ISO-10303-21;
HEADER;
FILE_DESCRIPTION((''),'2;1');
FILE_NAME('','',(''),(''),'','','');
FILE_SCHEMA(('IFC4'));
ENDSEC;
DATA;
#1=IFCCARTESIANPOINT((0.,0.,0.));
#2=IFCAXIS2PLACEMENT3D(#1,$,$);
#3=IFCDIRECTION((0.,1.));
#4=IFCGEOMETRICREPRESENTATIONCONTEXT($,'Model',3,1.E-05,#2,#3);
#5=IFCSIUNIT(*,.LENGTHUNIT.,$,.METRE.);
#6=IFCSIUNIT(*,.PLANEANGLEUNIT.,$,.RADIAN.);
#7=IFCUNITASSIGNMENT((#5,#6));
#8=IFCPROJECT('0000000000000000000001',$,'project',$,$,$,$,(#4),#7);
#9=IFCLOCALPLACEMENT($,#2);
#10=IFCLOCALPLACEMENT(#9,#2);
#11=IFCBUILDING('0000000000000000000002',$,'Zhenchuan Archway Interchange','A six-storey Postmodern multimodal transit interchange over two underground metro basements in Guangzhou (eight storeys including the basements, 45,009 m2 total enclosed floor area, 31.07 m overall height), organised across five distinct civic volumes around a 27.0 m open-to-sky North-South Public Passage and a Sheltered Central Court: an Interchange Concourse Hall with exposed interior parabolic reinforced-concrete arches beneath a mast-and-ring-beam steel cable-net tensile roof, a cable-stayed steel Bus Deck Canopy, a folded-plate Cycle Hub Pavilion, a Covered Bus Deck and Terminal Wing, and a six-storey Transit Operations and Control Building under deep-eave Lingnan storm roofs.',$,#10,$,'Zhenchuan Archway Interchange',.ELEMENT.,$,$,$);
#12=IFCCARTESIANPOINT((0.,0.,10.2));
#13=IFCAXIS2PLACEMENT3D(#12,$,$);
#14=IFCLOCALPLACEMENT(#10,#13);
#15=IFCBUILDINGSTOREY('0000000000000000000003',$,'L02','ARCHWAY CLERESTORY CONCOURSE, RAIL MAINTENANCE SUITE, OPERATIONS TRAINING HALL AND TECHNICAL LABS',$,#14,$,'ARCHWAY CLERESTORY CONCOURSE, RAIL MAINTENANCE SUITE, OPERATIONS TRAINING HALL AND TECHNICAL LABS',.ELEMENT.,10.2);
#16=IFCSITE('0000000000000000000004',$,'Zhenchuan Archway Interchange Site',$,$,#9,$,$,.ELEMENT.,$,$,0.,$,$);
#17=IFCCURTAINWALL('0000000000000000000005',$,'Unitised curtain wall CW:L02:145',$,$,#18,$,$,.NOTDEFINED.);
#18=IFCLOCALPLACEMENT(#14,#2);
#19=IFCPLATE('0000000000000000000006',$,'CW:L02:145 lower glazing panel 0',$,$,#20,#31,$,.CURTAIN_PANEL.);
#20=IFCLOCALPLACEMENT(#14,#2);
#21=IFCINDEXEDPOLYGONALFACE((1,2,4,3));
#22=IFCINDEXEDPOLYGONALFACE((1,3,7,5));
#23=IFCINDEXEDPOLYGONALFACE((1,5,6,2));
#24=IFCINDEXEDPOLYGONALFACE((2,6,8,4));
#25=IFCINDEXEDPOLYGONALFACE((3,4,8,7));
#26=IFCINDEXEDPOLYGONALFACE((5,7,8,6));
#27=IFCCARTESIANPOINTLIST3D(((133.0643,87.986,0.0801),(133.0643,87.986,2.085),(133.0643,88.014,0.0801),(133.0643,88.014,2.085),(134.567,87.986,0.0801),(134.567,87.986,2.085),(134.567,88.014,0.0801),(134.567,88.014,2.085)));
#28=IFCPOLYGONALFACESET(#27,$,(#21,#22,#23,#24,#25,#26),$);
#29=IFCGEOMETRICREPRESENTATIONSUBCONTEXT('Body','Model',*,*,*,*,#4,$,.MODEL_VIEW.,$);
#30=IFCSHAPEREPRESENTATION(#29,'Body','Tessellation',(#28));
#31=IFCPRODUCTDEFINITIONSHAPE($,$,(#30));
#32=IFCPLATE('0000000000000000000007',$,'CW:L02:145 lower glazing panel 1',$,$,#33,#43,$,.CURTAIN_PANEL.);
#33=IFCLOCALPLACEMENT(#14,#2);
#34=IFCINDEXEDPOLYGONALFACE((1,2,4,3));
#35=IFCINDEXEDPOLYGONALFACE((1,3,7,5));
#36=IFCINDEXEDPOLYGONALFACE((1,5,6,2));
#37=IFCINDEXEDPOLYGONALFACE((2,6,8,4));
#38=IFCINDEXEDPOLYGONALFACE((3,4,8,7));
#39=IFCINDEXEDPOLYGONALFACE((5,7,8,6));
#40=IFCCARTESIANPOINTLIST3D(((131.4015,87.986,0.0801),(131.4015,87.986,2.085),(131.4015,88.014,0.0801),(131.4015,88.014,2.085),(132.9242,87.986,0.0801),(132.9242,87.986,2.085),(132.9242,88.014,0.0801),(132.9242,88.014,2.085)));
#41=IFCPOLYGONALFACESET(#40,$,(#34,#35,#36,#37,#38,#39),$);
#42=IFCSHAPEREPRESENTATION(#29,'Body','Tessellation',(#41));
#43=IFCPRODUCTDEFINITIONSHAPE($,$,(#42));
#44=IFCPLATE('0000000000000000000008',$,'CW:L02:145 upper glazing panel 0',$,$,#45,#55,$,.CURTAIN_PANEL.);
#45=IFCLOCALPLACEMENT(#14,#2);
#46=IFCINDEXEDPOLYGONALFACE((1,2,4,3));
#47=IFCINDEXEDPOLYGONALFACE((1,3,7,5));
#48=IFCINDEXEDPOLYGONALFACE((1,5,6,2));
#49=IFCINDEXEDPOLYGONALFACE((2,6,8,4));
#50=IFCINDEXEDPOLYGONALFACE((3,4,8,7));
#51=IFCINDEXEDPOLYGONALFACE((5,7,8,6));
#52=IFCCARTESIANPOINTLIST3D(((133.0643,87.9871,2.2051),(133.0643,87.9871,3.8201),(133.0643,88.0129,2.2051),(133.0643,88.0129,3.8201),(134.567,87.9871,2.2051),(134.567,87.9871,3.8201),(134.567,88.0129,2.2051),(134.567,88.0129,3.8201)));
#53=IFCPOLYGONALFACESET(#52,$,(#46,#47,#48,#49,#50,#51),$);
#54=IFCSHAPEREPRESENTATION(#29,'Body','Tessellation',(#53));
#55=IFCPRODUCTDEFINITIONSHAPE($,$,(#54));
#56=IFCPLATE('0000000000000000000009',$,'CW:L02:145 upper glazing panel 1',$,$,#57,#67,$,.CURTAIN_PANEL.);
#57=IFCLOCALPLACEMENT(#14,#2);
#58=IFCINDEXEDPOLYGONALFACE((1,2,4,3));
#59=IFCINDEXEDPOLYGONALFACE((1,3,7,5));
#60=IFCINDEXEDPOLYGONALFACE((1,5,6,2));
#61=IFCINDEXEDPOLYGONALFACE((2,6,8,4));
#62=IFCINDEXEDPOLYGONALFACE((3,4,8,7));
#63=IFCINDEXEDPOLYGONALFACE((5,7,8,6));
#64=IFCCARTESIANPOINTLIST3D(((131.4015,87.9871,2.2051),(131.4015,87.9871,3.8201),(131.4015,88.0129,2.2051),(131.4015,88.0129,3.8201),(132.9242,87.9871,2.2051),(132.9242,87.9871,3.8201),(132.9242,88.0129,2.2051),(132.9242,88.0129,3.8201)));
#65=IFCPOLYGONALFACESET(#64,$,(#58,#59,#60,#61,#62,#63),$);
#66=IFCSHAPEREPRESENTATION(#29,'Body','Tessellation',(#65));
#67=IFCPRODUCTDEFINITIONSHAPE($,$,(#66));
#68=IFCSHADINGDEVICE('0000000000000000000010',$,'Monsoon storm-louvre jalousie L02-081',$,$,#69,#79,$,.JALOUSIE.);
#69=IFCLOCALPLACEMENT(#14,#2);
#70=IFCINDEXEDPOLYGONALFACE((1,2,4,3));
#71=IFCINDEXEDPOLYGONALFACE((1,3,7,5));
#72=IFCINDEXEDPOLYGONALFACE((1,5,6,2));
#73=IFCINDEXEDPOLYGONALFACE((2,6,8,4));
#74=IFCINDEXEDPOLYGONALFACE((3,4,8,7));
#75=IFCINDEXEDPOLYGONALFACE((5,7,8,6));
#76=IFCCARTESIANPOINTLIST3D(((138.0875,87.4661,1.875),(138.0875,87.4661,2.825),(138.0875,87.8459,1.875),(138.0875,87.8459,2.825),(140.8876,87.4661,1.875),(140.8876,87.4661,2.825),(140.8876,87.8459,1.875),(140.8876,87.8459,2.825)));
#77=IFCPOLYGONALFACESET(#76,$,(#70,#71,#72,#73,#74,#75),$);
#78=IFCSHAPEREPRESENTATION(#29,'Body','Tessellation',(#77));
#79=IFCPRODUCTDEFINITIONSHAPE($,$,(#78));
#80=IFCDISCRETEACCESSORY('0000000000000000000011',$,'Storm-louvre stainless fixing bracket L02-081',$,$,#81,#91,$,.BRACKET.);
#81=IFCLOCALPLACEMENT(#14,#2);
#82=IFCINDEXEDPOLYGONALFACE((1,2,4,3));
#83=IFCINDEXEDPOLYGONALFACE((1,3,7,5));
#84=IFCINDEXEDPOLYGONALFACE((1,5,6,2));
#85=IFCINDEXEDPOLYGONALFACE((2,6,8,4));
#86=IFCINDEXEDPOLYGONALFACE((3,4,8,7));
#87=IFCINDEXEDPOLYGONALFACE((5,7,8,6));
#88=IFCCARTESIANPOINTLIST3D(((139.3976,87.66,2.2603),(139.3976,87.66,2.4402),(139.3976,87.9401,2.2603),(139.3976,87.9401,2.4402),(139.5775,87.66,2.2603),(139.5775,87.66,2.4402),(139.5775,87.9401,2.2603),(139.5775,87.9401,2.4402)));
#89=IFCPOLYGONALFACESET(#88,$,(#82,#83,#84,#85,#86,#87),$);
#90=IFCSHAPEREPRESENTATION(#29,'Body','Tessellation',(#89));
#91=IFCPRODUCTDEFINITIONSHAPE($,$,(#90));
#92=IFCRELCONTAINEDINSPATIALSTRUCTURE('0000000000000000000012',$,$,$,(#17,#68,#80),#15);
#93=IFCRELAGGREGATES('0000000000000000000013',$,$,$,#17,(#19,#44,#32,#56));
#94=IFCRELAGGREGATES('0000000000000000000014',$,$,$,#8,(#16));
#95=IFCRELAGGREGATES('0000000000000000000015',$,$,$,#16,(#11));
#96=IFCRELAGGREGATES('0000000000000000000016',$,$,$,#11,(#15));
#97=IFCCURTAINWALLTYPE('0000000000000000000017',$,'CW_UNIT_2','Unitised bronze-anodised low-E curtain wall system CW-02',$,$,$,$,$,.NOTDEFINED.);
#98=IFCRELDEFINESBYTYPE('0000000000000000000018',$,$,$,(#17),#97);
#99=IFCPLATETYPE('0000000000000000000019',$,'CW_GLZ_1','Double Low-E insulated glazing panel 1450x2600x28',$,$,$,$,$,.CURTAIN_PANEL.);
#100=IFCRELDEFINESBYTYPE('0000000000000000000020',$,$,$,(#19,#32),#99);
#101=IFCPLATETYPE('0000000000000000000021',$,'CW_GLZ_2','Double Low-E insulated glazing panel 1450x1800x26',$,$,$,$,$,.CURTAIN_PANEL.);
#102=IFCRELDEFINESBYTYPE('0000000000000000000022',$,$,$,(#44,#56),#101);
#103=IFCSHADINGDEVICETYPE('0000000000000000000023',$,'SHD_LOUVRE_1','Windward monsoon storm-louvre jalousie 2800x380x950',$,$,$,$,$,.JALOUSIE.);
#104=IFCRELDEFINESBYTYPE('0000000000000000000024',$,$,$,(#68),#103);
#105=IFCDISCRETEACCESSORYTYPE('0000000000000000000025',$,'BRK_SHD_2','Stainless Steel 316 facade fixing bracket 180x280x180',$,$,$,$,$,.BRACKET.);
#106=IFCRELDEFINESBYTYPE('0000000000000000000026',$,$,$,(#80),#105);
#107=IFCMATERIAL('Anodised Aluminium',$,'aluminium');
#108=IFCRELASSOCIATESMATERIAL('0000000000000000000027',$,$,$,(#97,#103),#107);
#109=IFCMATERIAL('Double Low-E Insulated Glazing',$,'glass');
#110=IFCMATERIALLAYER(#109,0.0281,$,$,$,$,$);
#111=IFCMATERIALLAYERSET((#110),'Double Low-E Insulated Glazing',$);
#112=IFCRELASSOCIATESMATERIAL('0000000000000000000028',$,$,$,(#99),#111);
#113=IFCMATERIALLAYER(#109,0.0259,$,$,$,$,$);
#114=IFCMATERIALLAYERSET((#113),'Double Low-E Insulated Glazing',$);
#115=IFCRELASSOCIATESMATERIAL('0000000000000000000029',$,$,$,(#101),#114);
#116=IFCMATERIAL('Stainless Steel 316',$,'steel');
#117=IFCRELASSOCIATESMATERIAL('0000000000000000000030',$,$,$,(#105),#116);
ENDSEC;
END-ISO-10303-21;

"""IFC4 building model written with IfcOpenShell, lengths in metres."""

from ifc_helpers import new_model, si_unit, direction, frame, origin, origin_2d, place, context, subcontext, project, spatial, rectangle, extrude, material, layer, layer_set, type_object, element, aggregate, save


model = new_model("IFC4")

# Units and contexts
model_context = context("Model", 3, precision=1e-05, world=origin(), true_north=direction((0.0, 1.0)))
body_context = subcontext(model_context, "Body", "Model", "MODEL_VIEW")
ifc_project = project(units=[si_unit("LENGTHUNIT", "METRE"), si_unit("PLANEANGLEUNIT", "RADIAN")], contexts=[model_context])

# Site, building, storey
site_placement = place(None, origin())
site = spatial("IfcSite", under=ifc_project, at=site_placement, Name="Zhenchuan Archway Interchange Site", CompositionType="ELEMENT", RefElevation=0.0)
building_placement = place(site_placement, origin())
building = spatial("IfcBuilding", under=site, at=building_placement, Name="Zhenchuan Archway Interchange", Description="A six-storey Postmodern multimodal transit interchange over two underground metro basements in Guangzhou (eight storeys including the basements, 45,009 m2 total enclosed floor area, 31.07 m overall height), organised across five distinct civic volumes around a 27.0 m open-to-sky North-South Public Passage and a Sheltered Central Court: an Interchange Concourse Hall with exposed interior parabolic reinforced-concrete arches beneath a mast-and-ring-beam steel cable-net tensile roof, a cable-stayed steel Bus Deck Canopy, a folded-plate Cycle Hub Pavilion, a Covered Bus Deck and Terminal Wing, and a six-storey Transit Operations and Control Building under deep-eave Lingnan storm roofs.", LongName="Zhenchuan Archway Interchange", CompositionType="ELEMENT")
storey_placement = place(building_placement, frame((0.0, 0.0, 10.2)))
storey = spatial("IfcBuildingStorey", under=building, at=storey_placement, Name="L02", Description="ARCHWAY CLERESTORY CONCOURSE, RAIL MAINTENANCE SUITE, OPERATIONS TRAINING HALL AND TECHNICAL LABS", LongName="ARCHWAY CLERESTORY CONCOURSE, RAIL MAINTENANCE SUITE, OPERATIONS TRAINING HALL AND TECHNICAL LABS", CompositionType="ELEMENT", Elevation=10.2)

# Curtain wall
ifc_material_1 = material(Name="Anodised Aluminium", Category="aluminium")
curtain_wall_type = type_object("IfcCurtainWallType", Name="CW_UNIT_2", Description="Unitised bronze-anodised low-E curtain wall system CW-02", PredefinedType="NOTDEFINED", material=ifc_material_1)
curtain_wall_placement = place(storey_placement, origin())
curtain_wall = element("IfcCurtainWall", 1, at=curtain_wall_placement, inside=storey, type_object=curtain_wall_type, Name="Unitised curtain wall CW:L02:145", PredefinedType="NOTDEFINED")

# Plates
ifc_material_2 = material(Name="Double Low-E Insulated Glazing", Category="glass")
ifc_layer_1 = layer(ifc_material_2, 0.0281)
ifc_layer_set_1 = layer_set([ifc_layer_1], Name="Double Low-E Insulated Glazing")
plate_type_1 = type_object("IfcPlateType", Name="CW_GLZ_1", Description="Double Low-E insulated glazing panel 1450x2600x28", PredefinedType="CURTAIN_PANEL", material=ifc_layer_set_1)
plate_1_placement = place(storey_placement, frame((133.8157, 88.0, 0.0801), z_axis=(0.0, 0.0, 1.0), x_axis=(-1.0, 0.0, 0.0)))
plate_1 = element("IfcPlate", 2, at=plate_1_placement, type_object=plate_type_1, Name="CW:L02:145 lower glazing panel 0", PredefinedType="CURTAIN_PANEL", context=body_context, shape_type="SweptSolid", body=[
    extrude(rectangle(XDim=1.5027, YDim=0.0281, at=origin_2d()), origin(), (0.0, 0.0, 1.0), 2.0049),
])
plate_2_placement = place(storey_placement, frame((132.1628, 88.0, 0.0801), z_axis=(0.0, 0.0, 1.0), x_axis=(-1.0, 0.0, 0.0)))
plate_2 = element("IfcPlate", 3, at=plate_2_placement, type_object=plate_type_1, Name="CW:L02:145 lower glazing panel 1", PredefinedType="CURTAIN_PANEL", context=body_context, shape_type="SweptSolid", body=[
    extrude(rectangle(XDim=1.5227, YDim=0.0281, at=origin_2d()), origin(), (0.0, 0.0, 1.0), 2.0049),
])
ifc_layer_2 = layer(ifc_material_2, 0.0259)
ifc_layer_set_2 = layer_set([ifc_layer_2], Name="Double Low-E Insulated Glazing")
plate_type_2 = type_object("IfcPlateType", Name="CW_GLZ_2", Description="Double Low-E insulated glazing panel 1450x1800x26", PredefinedType="CURTAIN_PANEL", material=ifc_layer_set_2)
plate_3_placement = place(storey_placement, frame((133.8157, 88.0, 2.2051), z_axis=(0.0, 0.0, 1.0), x_axis=(-1.0, 0.0, 0.0)))
plate_3 = element("IfcPlate", 4, at=plate_3_placement, type_object=plate_type_2, Name="CW:L02:145 upper glazing panel 0", PredefinedType="CURTAIN_PANEL", context=body_context, shape_type="SweptSolid", body=[
    extrude(rectangle(XDim=1.5027, YDim=0.0259, at=origin_2d()), origin(), (0.0, 0.0, 1.0), 1.615),
])
plate_4_placement = place(storey_placement, frame((132.1628, 88.0, 2.2051), z_axis=(0.0, 0.0, 1.0), x_axis=(-1.0, 0.0, 0.0)))
plate_4 = element("IfcPlate", 5, at=plate_4_placement, type_object=plate_type_2, Name="CW:L02:145 upper glazing panel 1", PredefinedType="CURTAIN_PANEL", context=body_context, shape_type="SweptSolid", body=[
    extrude(rectangle(XDim=1.5227, YDim=0.0259, at=origin_2d()), origin(), (0.0, 0.0, 1.0), 1.615),
])
aggregate(curtain_wall, [plate_1, plate_3, plate_2, plate_4])

# Shading device
shading_device_type = type_object("IfcShadingDeviceType", Name="SHD_LOUVRE_1", Description="Windward monsoon storm-louvre jalousie 2800x380x950", PredefinedType="JALOUSIE", material=ifc_material_1)
shading_device_placement = place(storey_placement, frame((139.4875, 87.656, 1.875), z_axis=(0.0, 0.0, 1.0), x_axis=(-1.0, 0.0, 0.0)))
element("IfcShadingDevice", 6, at=shading_device_placement, inside=storey, type_object=shading_device_type, Name="Monsoon storm-louvre jalousie L02-081", PredefinedType="JALOUSIE", context=body_context, shape_type="SweptSolid", body=[
    extrude(rectangle(XDim=2.8, YDim=0.3799, at=origin_2d()), origin(), (0.0, 0.0, 1.0), 0.95),
])

# Discrete accessory
ifc_material_3 = material(Name="Stainless Steel 316", Category="steel")
discrete_accessory_type = type_object("IfcDiscreteAccessoryType", Name="BRK_SHD_2", Description="Stainless Steel 316 facade fixing bracket 180x280x180", PredefinedType="BRACKET", material=ifc_material_3)
discrete_accessory_placement = place(storey_placement, frame((139.4875, 87.8, 2.2603), z_axis=(0.0, 0.0, 1.0), x_axis=(-1.0, 0.0, 0.0)))
element("IfcDiscreteAccessory", 7, at=discrete_accessory_placement, inside=storey, type_object=discrete_accessory_type, Name="Storm-louvre stainless fixing bracket L02-081", PredefinedType="BRACKET", context=body_context, shape_type="SweptSolid", body=[
    extrude(rectangle(XDim=0.1799, YDim=0.28, at=origin_2d()), origin(), (0.0, 0.0, 1.0), 0.1799),
])

save(model, "model.ifc")
